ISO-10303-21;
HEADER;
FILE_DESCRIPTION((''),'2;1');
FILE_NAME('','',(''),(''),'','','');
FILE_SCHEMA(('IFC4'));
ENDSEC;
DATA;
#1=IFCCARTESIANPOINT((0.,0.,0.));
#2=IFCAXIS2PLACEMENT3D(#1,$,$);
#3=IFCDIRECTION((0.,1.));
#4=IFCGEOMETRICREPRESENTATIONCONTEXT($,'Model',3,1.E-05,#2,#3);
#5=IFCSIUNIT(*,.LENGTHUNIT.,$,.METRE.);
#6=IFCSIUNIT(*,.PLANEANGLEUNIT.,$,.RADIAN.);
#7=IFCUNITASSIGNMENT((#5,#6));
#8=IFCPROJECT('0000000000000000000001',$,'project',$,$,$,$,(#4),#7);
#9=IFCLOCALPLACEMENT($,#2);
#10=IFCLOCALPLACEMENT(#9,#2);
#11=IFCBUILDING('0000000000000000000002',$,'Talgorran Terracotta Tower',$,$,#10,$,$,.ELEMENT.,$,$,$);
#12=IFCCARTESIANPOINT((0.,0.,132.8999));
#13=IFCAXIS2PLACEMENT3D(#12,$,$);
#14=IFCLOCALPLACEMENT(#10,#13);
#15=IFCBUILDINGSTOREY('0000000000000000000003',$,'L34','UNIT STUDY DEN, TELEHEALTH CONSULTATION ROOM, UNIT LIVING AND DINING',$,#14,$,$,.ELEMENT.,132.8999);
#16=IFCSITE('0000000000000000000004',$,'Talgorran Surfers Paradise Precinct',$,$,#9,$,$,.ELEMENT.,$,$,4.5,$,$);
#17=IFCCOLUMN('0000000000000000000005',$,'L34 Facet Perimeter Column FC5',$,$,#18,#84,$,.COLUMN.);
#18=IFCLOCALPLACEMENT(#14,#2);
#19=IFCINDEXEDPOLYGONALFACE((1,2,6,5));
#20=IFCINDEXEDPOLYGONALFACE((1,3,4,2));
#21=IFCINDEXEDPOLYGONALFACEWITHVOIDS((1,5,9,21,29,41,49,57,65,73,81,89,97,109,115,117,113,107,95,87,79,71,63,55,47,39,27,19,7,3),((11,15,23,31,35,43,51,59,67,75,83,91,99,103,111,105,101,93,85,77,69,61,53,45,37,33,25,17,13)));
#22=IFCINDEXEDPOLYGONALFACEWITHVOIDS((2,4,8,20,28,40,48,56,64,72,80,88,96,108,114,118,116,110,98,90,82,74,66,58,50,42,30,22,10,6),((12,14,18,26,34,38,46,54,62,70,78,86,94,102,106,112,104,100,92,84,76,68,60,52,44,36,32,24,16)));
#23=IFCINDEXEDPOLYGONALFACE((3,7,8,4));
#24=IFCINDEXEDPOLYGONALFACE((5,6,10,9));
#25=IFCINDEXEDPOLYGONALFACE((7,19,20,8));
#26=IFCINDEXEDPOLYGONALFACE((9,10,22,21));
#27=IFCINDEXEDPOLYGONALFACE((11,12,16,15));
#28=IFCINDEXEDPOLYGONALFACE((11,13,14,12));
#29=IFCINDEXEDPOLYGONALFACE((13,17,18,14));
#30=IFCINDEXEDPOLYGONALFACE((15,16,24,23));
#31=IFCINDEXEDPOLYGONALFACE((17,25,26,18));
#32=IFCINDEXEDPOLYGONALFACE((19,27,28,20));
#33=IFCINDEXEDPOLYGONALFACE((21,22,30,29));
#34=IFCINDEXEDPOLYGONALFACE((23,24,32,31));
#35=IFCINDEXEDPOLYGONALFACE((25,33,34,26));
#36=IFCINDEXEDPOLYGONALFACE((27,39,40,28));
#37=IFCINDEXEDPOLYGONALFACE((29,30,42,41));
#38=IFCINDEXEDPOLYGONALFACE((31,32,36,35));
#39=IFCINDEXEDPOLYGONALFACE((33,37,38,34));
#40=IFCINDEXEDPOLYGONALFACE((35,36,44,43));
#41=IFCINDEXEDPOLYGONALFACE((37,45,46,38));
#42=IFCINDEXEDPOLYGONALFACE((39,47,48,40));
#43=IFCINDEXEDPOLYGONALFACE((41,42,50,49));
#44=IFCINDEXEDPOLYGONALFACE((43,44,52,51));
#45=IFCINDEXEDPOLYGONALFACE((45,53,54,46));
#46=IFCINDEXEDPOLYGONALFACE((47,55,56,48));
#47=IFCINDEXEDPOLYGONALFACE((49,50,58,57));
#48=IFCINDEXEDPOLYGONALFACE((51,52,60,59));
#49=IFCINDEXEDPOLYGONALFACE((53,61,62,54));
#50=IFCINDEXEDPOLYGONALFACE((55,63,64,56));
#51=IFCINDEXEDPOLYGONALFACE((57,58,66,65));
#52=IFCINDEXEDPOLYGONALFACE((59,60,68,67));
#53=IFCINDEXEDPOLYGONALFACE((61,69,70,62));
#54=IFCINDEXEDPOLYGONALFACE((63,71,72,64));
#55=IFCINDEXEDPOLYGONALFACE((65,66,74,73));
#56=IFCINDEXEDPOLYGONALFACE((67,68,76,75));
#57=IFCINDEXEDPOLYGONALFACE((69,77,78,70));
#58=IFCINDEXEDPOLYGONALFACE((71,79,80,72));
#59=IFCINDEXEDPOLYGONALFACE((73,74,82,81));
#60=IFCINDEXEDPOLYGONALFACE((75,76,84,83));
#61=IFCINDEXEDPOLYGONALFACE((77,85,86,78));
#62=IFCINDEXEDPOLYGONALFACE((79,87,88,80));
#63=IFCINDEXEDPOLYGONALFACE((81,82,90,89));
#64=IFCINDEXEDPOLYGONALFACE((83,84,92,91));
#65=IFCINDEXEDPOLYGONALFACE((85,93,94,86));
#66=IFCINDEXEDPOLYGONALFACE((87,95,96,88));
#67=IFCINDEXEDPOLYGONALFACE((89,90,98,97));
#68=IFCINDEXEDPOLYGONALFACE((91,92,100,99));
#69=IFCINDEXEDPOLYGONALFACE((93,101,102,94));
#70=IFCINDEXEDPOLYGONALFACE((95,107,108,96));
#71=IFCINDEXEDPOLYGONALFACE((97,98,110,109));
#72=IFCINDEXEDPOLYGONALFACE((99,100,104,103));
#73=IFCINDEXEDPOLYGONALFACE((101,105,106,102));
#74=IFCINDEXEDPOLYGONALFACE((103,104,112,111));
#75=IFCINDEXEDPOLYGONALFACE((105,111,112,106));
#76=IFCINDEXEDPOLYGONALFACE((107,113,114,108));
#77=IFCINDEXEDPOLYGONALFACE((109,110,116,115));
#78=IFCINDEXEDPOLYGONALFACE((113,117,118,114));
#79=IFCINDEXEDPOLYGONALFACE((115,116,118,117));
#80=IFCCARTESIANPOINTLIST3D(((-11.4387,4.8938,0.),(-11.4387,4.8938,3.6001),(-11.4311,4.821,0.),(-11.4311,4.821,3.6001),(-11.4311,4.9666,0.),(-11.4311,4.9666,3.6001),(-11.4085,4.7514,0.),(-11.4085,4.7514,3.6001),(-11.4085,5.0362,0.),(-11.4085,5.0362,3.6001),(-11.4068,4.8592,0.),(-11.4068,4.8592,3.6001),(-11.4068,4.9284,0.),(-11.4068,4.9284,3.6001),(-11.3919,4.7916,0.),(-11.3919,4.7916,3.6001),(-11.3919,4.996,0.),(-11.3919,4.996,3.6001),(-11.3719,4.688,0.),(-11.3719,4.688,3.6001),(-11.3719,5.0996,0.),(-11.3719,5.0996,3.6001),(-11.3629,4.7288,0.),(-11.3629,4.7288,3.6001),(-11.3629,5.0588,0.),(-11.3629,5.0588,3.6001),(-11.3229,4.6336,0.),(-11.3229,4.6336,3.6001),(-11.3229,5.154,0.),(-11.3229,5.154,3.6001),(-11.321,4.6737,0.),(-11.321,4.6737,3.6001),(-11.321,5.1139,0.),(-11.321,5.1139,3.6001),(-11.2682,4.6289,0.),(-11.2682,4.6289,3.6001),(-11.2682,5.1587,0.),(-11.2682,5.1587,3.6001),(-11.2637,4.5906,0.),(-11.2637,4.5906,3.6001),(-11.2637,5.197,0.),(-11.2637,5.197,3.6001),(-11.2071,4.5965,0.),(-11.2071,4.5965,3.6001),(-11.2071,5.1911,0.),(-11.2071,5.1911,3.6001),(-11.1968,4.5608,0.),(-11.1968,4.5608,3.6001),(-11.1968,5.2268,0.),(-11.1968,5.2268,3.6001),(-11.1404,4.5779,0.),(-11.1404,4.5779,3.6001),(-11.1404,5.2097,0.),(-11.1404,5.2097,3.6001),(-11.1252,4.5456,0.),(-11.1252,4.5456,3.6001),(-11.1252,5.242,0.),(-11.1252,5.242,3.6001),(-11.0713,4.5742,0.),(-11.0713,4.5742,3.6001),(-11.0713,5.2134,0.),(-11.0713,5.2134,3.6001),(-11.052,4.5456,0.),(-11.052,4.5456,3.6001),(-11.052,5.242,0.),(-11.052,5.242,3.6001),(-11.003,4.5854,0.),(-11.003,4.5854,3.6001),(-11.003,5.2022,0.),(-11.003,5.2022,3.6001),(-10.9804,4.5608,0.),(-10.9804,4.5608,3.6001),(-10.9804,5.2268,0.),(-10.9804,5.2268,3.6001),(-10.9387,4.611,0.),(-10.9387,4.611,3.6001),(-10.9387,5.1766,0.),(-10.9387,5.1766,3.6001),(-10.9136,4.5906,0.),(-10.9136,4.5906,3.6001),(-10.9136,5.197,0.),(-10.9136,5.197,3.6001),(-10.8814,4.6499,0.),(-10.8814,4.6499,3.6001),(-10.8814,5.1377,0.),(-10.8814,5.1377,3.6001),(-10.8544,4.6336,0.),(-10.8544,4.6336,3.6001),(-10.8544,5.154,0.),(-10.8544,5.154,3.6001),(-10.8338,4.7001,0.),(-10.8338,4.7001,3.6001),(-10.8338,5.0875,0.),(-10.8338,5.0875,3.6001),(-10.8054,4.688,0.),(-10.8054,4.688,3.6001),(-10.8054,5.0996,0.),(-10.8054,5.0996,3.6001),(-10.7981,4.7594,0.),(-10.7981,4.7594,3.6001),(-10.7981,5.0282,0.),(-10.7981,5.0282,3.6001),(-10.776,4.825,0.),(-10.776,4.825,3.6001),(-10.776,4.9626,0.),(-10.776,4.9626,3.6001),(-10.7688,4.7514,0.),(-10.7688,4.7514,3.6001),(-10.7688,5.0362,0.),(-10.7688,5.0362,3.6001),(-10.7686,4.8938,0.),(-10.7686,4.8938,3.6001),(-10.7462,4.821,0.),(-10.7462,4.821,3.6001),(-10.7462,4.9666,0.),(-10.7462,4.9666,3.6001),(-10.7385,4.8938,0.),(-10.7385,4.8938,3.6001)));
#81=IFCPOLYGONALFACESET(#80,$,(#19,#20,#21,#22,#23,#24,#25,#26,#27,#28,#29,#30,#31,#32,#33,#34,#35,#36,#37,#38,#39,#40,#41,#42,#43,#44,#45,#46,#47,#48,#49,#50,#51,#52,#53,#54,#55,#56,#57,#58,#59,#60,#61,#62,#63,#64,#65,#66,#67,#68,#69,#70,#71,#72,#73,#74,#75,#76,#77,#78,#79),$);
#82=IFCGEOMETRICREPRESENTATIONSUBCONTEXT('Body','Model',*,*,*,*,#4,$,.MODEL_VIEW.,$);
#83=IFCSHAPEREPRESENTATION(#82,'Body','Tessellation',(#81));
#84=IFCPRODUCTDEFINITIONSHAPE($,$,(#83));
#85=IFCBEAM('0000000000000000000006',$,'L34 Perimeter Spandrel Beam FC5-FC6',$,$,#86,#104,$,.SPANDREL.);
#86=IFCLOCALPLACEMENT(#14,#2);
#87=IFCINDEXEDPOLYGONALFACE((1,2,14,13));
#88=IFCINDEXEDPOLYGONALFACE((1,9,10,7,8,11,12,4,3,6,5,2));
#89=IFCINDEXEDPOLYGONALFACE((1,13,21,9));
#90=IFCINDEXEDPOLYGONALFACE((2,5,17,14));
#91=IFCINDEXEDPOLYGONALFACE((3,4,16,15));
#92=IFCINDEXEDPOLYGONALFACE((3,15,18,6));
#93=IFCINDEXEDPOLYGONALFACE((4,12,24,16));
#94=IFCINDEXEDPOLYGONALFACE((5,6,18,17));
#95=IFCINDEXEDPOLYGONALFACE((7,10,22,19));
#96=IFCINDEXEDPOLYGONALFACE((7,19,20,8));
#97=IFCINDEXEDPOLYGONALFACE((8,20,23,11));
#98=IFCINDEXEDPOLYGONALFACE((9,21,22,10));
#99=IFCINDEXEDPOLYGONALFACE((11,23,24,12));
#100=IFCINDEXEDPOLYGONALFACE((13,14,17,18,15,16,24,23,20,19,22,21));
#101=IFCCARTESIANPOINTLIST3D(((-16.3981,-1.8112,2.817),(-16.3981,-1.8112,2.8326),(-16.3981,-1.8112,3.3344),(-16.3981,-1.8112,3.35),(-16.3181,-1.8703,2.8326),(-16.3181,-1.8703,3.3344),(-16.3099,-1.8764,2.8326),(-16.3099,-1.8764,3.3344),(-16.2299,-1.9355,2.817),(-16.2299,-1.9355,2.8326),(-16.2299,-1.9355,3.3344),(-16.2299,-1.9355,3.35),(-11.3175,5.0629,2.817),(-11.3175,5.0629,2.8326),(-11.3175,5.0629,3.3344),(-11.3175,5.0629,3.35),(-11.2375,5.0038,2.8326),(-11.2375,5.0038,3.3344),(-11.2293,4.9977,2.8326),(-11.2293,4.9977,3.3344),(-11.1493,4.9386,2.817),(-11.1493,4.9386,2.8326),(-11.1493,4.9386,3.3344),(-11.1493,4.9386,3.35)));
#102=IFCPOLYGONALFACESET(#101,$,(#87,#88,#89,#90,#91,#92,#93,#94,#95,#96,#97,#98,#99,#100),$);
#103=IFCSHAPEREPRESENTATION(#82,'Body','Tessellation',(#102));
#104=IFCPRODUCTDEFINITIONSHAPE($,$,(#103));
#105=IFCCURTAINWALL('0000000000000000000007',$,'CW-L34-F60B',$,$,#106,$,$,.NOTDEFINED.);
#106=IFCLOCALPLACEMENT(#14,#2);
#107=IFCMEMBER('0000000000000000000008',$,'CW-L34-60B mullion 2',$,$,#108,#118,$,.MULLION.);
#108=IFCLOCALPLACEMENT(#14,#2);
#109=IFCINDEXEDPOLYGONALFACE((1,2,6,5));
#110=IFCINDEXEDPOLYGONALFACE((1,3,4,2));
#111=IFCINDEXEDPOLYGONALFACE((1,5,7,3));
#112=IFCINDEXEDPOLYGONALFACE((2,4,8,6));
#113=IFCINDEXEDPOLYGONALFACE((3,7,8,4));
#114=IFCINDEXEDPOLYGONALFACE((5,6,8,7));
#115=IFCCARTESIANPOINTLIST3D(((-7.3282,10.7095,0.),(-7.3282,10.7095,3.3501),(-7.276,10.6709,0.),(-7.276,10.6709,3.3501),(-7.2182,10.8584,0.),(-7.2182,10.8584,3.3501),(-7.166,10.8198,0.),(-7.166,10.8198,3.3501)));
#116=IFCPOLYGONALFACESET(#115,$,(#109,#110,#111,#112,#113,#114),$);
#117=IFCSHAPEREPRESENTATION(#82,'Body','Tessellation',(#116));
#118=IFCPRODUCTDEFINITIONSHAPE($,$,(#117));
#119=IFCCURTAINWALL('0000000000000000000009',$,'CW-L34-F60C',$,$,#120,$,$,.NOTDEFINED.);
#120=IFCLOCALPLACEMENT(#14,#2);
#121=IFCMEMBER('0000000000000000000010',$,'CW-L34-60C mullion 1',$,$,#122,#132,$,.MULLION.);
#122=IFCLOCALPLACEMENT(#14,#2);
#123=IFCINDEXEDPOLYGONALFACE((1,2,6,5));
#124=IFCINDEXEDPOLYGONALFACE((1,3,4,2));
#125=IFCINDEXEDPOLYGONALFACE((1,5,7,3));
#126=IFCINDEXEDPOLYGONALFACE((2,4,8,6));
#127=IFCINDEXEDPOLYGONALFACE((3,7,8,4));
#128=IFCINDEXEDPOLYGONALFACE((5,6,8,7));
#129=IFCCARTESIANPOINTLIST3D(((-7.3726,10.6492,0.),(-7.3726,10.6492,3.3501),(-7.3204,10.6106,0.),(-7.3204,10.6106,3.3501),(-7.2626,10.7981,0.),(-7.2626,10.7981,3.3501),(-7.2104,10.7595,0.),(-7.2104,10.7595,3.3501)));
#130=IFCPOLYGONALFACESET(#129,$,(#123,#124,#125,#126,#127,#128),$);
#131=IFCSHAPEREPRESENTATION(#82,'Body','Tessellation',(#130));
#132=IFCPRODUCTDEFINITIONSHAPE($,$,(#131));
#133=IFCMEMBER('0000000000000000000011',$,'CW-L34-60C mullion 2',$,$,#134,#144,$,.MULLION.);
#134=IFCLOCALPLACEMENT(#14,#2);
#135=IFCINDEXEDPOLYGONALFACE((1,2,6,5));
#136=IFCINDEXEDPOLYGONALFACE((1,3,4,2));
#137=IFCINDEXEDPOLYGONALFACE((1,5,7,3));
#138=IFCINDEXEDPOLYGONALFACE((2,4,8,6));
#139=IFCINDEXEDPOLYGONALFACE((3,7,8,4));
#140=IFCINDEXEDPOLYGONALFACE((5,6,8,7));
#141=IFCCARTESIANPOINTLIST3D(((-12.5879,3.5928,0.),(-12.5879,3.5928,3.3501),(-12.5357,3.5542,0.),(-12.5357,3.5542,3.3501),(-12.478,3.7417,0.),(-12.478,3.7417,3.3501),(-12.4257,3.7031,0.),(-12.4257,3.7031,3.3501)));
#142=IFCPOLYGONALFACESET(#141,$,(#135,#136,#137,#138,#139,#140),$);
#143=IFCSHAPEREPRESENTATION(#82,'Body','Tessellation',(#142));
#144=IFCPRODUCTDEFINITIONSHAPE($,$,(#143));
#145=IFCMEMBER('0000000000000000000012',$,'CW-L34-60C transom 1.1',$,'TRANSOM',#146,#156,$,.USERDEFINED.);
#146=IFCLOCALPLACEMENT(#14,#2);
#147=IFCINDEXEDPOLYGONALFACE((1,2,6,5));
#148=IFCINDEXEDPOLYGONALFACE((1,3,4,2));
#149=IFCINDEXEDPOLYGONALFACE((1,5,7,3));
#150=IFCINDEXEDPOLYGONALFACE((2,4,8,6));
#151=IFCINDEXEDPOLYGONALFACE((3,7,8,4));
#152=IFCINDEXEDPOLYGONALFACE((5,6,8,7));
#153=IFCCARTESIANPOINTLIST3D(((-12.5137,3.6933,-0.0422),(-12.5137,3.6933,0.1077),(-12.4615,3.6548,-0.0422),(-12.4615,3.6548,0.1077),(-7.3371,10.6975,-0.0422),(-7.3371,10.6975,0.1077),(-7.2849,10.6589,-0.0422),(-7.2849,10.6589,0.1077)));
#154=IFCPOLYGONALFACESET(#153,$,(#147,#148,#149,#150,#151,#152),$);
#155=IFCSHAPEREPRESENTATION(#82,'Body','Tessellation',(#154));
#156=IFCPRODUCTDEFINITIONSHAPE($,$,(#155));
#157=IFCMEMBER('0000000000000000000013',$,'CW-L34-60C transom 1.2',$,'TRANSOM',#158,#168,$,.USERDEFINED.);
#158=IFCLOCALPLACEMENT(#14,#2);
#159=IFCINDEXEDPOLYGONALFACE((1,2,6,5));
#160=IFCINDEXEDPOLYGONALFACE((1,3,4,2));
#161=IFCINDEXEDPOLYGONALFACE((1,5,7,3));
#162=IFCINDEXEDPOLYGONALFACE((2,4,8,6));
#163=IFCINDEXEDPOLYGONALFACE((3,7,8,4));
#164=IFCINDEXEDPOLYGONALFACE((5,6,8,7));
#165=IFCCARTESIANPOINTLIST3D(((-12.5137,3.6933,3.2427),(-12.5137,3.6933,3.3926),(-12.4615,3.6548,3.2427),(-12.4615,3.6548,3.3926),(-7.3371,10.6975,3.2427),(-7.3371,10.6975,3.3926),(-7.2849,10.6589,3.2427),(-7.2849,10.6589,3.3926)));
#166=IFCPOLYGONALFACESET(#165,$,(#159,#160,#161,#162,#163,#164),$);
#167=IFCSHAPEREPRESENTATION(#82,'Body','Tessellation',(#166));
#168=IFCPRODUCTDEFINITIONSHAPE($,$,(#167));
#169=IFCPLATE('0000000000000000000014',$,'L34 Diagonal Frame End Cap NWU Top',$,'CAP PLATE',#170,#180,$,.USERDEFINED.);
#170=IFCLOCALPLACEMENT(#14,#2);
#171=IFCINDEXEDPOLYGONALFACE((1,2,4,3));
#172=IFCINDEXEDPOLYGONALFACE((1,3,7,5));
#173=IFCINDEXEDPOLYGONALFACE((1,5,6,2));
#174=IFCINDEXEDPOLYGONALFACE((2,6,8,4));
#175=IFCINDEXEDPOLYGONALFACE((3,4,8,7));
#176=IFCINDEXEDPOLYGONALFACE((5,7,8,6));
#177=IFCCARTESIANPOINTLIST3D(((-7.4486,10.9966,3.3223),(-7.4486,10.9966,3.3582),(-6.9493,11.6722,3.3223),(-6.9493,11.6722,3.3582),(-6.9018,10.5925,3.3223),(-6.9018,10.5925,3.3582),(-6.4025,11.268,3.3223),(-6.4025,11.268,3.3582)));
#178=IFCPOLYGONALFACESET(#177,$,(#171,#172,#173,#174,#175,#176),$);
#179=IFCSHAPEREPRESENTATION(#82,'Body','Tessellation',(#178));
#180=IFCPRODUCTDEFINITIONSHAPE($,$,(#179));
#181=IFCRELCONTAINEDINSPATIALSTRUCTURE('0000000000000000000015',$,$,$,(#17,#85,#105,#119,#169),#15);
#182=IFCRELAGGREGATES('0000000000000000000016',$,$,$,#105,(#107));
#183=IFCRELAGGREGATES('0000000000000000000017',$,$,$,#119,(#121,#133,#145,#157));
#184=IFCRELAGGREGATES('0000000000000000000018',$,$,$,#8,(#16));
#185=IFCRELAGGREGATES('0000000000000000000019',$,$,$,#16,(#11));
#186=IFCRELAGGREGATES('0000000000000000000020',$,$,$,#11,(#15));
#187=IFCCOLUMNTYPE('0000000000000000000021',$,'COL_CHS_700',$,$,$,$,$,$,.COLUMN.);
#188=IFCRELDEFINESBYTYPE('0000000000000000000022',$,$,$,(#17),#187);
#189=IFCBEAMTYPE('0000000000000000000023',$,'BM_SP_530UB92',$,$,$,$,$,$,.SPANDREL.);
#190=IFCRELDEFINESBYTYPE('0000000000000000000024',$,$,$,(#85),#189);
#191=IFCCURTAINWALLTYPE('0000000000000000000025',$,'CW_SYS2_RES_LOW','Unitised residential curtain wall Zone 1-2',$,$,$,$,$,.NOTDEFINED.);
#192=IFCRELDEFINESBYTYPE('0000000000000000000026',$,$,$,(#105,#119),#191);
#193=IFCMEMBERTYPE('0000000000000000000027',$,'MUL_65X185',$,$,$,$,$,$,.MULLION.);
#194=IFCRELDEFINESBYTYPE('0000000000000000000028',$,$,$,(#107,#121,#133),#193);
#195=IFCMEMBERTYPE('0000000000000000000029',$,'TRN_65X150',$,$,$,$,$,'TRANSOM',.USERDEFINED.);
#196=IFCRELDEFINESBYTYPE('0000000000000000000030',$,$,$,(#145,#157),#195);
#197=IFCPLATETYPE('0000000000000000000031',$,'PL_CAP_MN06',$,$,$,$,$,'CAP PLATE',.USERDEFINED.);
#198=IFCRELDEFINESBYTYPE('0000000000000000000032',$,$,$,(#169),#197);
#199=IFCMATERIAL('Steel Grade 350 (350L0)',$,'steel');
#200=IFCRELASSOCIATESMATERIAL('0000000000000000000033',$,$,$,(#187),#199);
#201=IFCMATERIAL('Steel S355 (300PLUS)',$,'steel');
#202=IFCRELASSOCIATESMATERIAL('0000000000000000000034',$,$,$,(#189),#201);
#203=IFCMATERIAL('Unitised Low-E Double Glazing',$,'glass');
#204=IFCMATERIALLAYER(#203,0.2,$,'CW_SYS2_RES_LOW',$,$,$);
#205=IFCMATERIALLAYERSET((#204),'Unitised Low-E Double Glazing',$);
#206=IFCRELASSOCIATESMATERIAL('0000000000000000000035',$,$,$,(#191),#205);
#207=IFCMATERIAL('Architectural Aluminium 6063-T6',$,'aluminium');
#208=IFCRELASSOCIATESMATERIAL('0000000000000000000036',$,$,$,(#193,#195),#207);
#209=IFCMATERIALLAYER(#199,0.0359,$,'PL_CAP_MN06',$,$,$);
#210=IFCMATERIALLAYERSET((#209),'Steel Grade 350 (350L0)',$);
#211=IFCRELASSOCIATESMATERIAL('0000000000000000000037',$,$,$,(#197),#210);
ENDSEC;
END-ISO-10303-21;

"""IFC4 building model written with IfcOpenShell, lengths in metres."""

from ifc_helpers import new_model, si_unit, direction, frame, origin, origin_2d, place, context, subcontext, project, spatial, rectangle, hollow_circle, i_section, extrude, material, layer, layer_set, material_profile, profile_set, type_object, element, aggregate, save


model = new_model("IFC4")

# Units and contexts
model_context = context("Model", 3, precision=1e-05, world=origin(), true_north=direction((0.0, 1.0)))
body_context = subcontext(model_context, "Body", "Model", "MODEL_VIEW")
ifc_project = project(units=[si_unit("LENGTHUNIT", "METRE"), si_unit("PLANEANGLEUNIT", "RADIAN")], contexts=[model_context])

# Site, building, storey
site_placement = place(None, origin())
site = spatial("IfcSite", under=ifc_project, at=site_placement, Name="Talgorran Surfers Paradise Precinct", CompositionType="ELEMENT", RefElevation=4.5)
building_placement = place(site_placement, origin())
building = spatial("IfcBuilding", under=site, at=building_placement, Name="Talgorran Terracotta Tower", CompositionType="ELEMENT")
storey_placement = place(building_placement, frame((0.0, 0.0, 132.8999)))
storey = spatial("IfcBuildingStorey", under=building, at=storey_placement, Name="L34", Description="UNIT STUDY DEN, TELEHEALTH CONSULTATION ROOM, UNIT LIVING AND DINING", CompositionType="ELEMENT", Elevation=132.8999)

# Column
ifc_material_1 = material(Name="Steel Grade 350 (350L0)", Category="steel")
ifc_material_profile_1 = material_profile(ifc_material_1, hollow_circle(Radius=0.3501, WallThickness=0.03, at=origin_2d()), Name="CHS700X30")
ifc_profile_set_1 = profile_set([ifc_material_profile_1], Name="Steel Grade 350 (350L0)")
column_type = type_object("IfcColumnType", Name="COL_CHS_700", PredefinedType="COLUMN", material=ifc_profile_set_1)
column_placement = place(storey_placement, frame((-11.0886, 4.8938, 0.0), z_axis=(0.0, 0.0, 1.0), x_axis=(1.0, 0.0, 0.0)))
element("IfcColumn", 1, at=column_placement, inside=storey, type_object=column_type, Name="L34 Facet Perimeter Column FC5", PredefinedType="COLUMN", context=body_context, shape_type="SweptSolid", body=[
    extrude(hollow_circle(Radius=0.3501, WallThickness=0.03, at=origin_2d()), origin(), (0.0, 0.0, 1.0), 3.6001),
])

# Beam
ifc_material_2 = material(Name="Steel S355 (300PLUS)", Category="steel")
ifc_material_profile_2 = material_profile(ifc_material_2, i_section(OverallWidth=0.2092, OverallDepth=0.533, WebThickness=0.0103, FlangeThickness=0.0156, at=origin_2d()), Name="530UB92.4")
ifc_profile_set_2 = profile_set([ifc_material_profile_2], Name="Steel S355 (300PLUS)")
beam_type = type_object("IfcBeamType", Name="BM_SP_530UB92", PredefinedType="SPANDREL", material=ifc_profile_set_2)
beam_placement = place(storey_placement, frame((-11.2334, 5.0007, 3.0835), z_axis=(-0.594373, -0.804189, 0.0), x_axis=(0.804189, -0.594373, 0.0)))
element("IfcBeam", 2, at=beam_placement, inside=storey, type_object=beam_type, Name="L34 Perimeter Spandrel Beam FC5-FC6", PredefinedType="SPANDREL", context=body_context, shape_type="SweptSolid", body=[
    extrude(i_section(OverallWidth=0.2092, OverallDepth=0.533, WebThickness=0.0103, FlangeThickness=0.0156, at=origin_2d()), origin(), (0.0, 0.0, 1.0), 8.5479),
])

# Curtain wall, member
ifc_material_3 = material(Name="Unitised Low-E Double Glazing", Category="glass")
ifc_layer_1 = layer(ifc_material_3, 0.2, Name="CW_SYS2_RES_LOW")
ifc_layer_set_1 = layer_set([ifc_layer_1], Name="Unitised Low-E Double Glazing")
curtain_wall_type = type_object("IfcCurtainWallType", Name="CW_SYS2_RES_LOW", Description="Unitised residential curtain wall Zone 1-2", PredefinedType="NOTDEFINED", material=ifc_layer_set_1)
curtain_wall_1_placement = place(storey_placement, origin())
curtain_wall_1 = element("IfcCurtainWall", 3, at=curtain_wall_1_placement, inside=storey, type_object=curtain_wall_type, Name="CW-L34-F60B", PredefinedType="NOTDEFINED")
ifc_material_4 = material(Name="Architectural Aluminium 6063-T6", Category="aluminium")
ifc_material_profile_3 = material_profile(ifc_material_4, rectangle(XDim=0.0649, YDim=0.1851, at=origin_2d()), Name="CWM65X185")
ifc_profile_set_3 = profile_set([ifc_material_profile_3], Name="Architectural Aluminium 6063-T6")
member_type_1 = type_object("IfcMemberType", Name="MUL_65X185", PredefinedType="MULLION", material=ifc_profile_set_3)
member_1_placement = place(storey_placement, frame((-7.2471, 10.7646, 0.0), z_axis=(0.0, 0.0, 1.0), x_axis=(0.80421, -0.594345, 0.0)))
member_1 = element("IfcMember", 4, at=member_1_placement, type_object=member_type_1, Name="CW-L34-60B mullion 2", PredefinedType="MULLION", context=body_context, shape_type="SweptSolid", body=[
    extrude(rectangle(XDim=0.0649, YDim=0.1851, at=origin_2d()), origin(), (0.0, 0.0, 1.0), 3.3501),
])

# Curtain wall, members
curtain_wall_2_placement = place(storey_placement, origin())
curtain_wall_2 = element("IfcCurtainWall", 5, at=curtain_wall_2_placement, inside=storey, type_object=curtain_wall_type, Name="CW-L34-F60C", PredefinedType="NOTDEFINED")
member_2_placement = place(storey_placement, frame((-7.2915, 10.7043, 0.0), z_axis=(0.0, 0.0, 1.0), x_axis=(0.804199, -0.59436, 0.0)))
member_2 = element("IfcMember", 6, at=member_2_placement, type_object=member_type_1, Name="CW-L34-60C mullion 1", PredefinedType="MULLION", context=body_context, shape_type="SweptSolid", body=[
    extrude(rectangle(XDim=0.0649, YDim=0.1851, at=origin_2d()), origin(), (0.0, 0.0, 1.0), 3.3501),
])
member_3_placement = place(storey_placement, frame((-12.5068, 3.6479, 0.0), z_axis=(0.0, 0.0, 1.0), x_axis=(0.804199, -0.59436, 0.0)))
member_3 = element("IfcMember", 7, at=member_3_placement, type_object=member_type_1, Name="CW-L34-60C mullion 2", PredefinedType="MULLION", context=body_context, shape_type="SweptSolid", body=[
    extrude(rectangle(XDim=0.0649, YDim=0.1851, at=origin_2d()), origin(), (0.0, 0.0, 1.0), 3.3501),
])
ifc_material_profile_4 = material_profile(ifc_material_4, rectangle(XDim=0.0649, YDim=0.1499, at=origin_2d()), Name="CWT65X150")
ifc_profile_set_4 = profile_set([ifc_material_profile_4], Name="Architectural Aluminium 6063-T6")
member_type_2 = type_object("IfcMemberType", Name="TRN_65X150", ElementType="TRANSOM", PredefinedType="USERDEFINED", material=ifc_profile_set_4)
member_4_placement = place(storey_placement, frame((-7.311, 10.6782, 0.0327), z_axis=(-0.594356, -0.804202, 0.0), x_axis=(0.804202, -0.594356, 0.0)))
member_4 = element("IfcMember", 8, at=member_4_placement, type_object=member_type_2, Name="CW-L34-60C transom 1.1", ObjectType="TRANSOM", PredefinedType="USERDEFINED", context=body_context, shape_type="SweptSolid", body=[
    extrude(rectangle(XDim=0.0649, YDim=0.1499, at=origin_2d()), origin(), (0.0, 0.0, 1.0), 8.7095),
])
member_5_placement = place(storey_placement, frame((-7.311, 10.6782, 3.3176), z_axis=(-0.594356, -0.804202, 0.0), x_axis=(0.804202, -0.594356, 0.0)))
member_5 = element("IfcMember", 9, at=member_5_placement, type_object=member_type_2, Name="CW-L34-60C transom 1.2", ObjectType="TRANSOM", PredefinedType="USERDEFINED", context=body_context, shape_type="SweptSolid", body=[
    extrude(rectangle(XDim=0.0649, YDim=0.1499, at=origin_2d()), origin(), (0.0, 0.0, 1.0), 8.7095),
])

# Plate
ifc_layer_2 = layer(ifc_material_1, 0.0359, Name="PL_CAP_MN06")
ifc_layer_set_2 = layer_set([ifc_layer_2], Name="Steel Grade 350 (350L0)")
plate_type_1 = type_object("IfcPlateType", Name="PL_CAP_MN06", ElementType="CAP PLATE", PredefinedType="USERDEFINED", material=ifc_layer_set_2)
plate_1_placement = place(storey_placement, frame((-6.9255, 11.1323, 3.3223), z_axis=(0.0, 0.0, 1.0), x_axis=(-0.594402, -0.804168, 0.0)))
element("IfcPlate", 10, at=plate_1_placement, inside=storey, type_object=plate_type_1, Name="L34 Diagonal Frame End Cap NWU Top", ObjectType="CAP PLATE", PredefinedType="USERDEFINED", context=body_context, shape_type="SweptSolid", body=[
    extrude(rectangle(XDim=0.8401, YDim=0.6799, at=origin_2d()), origin(), (0.0, 0.0, 1.0), 0.0359),
])
aggregate(curtain_wall_1, [member_1])
aggregate(curtain_wall_2, [member_2, member_3, member_4, member_5])

save(model, "model.ifc")
